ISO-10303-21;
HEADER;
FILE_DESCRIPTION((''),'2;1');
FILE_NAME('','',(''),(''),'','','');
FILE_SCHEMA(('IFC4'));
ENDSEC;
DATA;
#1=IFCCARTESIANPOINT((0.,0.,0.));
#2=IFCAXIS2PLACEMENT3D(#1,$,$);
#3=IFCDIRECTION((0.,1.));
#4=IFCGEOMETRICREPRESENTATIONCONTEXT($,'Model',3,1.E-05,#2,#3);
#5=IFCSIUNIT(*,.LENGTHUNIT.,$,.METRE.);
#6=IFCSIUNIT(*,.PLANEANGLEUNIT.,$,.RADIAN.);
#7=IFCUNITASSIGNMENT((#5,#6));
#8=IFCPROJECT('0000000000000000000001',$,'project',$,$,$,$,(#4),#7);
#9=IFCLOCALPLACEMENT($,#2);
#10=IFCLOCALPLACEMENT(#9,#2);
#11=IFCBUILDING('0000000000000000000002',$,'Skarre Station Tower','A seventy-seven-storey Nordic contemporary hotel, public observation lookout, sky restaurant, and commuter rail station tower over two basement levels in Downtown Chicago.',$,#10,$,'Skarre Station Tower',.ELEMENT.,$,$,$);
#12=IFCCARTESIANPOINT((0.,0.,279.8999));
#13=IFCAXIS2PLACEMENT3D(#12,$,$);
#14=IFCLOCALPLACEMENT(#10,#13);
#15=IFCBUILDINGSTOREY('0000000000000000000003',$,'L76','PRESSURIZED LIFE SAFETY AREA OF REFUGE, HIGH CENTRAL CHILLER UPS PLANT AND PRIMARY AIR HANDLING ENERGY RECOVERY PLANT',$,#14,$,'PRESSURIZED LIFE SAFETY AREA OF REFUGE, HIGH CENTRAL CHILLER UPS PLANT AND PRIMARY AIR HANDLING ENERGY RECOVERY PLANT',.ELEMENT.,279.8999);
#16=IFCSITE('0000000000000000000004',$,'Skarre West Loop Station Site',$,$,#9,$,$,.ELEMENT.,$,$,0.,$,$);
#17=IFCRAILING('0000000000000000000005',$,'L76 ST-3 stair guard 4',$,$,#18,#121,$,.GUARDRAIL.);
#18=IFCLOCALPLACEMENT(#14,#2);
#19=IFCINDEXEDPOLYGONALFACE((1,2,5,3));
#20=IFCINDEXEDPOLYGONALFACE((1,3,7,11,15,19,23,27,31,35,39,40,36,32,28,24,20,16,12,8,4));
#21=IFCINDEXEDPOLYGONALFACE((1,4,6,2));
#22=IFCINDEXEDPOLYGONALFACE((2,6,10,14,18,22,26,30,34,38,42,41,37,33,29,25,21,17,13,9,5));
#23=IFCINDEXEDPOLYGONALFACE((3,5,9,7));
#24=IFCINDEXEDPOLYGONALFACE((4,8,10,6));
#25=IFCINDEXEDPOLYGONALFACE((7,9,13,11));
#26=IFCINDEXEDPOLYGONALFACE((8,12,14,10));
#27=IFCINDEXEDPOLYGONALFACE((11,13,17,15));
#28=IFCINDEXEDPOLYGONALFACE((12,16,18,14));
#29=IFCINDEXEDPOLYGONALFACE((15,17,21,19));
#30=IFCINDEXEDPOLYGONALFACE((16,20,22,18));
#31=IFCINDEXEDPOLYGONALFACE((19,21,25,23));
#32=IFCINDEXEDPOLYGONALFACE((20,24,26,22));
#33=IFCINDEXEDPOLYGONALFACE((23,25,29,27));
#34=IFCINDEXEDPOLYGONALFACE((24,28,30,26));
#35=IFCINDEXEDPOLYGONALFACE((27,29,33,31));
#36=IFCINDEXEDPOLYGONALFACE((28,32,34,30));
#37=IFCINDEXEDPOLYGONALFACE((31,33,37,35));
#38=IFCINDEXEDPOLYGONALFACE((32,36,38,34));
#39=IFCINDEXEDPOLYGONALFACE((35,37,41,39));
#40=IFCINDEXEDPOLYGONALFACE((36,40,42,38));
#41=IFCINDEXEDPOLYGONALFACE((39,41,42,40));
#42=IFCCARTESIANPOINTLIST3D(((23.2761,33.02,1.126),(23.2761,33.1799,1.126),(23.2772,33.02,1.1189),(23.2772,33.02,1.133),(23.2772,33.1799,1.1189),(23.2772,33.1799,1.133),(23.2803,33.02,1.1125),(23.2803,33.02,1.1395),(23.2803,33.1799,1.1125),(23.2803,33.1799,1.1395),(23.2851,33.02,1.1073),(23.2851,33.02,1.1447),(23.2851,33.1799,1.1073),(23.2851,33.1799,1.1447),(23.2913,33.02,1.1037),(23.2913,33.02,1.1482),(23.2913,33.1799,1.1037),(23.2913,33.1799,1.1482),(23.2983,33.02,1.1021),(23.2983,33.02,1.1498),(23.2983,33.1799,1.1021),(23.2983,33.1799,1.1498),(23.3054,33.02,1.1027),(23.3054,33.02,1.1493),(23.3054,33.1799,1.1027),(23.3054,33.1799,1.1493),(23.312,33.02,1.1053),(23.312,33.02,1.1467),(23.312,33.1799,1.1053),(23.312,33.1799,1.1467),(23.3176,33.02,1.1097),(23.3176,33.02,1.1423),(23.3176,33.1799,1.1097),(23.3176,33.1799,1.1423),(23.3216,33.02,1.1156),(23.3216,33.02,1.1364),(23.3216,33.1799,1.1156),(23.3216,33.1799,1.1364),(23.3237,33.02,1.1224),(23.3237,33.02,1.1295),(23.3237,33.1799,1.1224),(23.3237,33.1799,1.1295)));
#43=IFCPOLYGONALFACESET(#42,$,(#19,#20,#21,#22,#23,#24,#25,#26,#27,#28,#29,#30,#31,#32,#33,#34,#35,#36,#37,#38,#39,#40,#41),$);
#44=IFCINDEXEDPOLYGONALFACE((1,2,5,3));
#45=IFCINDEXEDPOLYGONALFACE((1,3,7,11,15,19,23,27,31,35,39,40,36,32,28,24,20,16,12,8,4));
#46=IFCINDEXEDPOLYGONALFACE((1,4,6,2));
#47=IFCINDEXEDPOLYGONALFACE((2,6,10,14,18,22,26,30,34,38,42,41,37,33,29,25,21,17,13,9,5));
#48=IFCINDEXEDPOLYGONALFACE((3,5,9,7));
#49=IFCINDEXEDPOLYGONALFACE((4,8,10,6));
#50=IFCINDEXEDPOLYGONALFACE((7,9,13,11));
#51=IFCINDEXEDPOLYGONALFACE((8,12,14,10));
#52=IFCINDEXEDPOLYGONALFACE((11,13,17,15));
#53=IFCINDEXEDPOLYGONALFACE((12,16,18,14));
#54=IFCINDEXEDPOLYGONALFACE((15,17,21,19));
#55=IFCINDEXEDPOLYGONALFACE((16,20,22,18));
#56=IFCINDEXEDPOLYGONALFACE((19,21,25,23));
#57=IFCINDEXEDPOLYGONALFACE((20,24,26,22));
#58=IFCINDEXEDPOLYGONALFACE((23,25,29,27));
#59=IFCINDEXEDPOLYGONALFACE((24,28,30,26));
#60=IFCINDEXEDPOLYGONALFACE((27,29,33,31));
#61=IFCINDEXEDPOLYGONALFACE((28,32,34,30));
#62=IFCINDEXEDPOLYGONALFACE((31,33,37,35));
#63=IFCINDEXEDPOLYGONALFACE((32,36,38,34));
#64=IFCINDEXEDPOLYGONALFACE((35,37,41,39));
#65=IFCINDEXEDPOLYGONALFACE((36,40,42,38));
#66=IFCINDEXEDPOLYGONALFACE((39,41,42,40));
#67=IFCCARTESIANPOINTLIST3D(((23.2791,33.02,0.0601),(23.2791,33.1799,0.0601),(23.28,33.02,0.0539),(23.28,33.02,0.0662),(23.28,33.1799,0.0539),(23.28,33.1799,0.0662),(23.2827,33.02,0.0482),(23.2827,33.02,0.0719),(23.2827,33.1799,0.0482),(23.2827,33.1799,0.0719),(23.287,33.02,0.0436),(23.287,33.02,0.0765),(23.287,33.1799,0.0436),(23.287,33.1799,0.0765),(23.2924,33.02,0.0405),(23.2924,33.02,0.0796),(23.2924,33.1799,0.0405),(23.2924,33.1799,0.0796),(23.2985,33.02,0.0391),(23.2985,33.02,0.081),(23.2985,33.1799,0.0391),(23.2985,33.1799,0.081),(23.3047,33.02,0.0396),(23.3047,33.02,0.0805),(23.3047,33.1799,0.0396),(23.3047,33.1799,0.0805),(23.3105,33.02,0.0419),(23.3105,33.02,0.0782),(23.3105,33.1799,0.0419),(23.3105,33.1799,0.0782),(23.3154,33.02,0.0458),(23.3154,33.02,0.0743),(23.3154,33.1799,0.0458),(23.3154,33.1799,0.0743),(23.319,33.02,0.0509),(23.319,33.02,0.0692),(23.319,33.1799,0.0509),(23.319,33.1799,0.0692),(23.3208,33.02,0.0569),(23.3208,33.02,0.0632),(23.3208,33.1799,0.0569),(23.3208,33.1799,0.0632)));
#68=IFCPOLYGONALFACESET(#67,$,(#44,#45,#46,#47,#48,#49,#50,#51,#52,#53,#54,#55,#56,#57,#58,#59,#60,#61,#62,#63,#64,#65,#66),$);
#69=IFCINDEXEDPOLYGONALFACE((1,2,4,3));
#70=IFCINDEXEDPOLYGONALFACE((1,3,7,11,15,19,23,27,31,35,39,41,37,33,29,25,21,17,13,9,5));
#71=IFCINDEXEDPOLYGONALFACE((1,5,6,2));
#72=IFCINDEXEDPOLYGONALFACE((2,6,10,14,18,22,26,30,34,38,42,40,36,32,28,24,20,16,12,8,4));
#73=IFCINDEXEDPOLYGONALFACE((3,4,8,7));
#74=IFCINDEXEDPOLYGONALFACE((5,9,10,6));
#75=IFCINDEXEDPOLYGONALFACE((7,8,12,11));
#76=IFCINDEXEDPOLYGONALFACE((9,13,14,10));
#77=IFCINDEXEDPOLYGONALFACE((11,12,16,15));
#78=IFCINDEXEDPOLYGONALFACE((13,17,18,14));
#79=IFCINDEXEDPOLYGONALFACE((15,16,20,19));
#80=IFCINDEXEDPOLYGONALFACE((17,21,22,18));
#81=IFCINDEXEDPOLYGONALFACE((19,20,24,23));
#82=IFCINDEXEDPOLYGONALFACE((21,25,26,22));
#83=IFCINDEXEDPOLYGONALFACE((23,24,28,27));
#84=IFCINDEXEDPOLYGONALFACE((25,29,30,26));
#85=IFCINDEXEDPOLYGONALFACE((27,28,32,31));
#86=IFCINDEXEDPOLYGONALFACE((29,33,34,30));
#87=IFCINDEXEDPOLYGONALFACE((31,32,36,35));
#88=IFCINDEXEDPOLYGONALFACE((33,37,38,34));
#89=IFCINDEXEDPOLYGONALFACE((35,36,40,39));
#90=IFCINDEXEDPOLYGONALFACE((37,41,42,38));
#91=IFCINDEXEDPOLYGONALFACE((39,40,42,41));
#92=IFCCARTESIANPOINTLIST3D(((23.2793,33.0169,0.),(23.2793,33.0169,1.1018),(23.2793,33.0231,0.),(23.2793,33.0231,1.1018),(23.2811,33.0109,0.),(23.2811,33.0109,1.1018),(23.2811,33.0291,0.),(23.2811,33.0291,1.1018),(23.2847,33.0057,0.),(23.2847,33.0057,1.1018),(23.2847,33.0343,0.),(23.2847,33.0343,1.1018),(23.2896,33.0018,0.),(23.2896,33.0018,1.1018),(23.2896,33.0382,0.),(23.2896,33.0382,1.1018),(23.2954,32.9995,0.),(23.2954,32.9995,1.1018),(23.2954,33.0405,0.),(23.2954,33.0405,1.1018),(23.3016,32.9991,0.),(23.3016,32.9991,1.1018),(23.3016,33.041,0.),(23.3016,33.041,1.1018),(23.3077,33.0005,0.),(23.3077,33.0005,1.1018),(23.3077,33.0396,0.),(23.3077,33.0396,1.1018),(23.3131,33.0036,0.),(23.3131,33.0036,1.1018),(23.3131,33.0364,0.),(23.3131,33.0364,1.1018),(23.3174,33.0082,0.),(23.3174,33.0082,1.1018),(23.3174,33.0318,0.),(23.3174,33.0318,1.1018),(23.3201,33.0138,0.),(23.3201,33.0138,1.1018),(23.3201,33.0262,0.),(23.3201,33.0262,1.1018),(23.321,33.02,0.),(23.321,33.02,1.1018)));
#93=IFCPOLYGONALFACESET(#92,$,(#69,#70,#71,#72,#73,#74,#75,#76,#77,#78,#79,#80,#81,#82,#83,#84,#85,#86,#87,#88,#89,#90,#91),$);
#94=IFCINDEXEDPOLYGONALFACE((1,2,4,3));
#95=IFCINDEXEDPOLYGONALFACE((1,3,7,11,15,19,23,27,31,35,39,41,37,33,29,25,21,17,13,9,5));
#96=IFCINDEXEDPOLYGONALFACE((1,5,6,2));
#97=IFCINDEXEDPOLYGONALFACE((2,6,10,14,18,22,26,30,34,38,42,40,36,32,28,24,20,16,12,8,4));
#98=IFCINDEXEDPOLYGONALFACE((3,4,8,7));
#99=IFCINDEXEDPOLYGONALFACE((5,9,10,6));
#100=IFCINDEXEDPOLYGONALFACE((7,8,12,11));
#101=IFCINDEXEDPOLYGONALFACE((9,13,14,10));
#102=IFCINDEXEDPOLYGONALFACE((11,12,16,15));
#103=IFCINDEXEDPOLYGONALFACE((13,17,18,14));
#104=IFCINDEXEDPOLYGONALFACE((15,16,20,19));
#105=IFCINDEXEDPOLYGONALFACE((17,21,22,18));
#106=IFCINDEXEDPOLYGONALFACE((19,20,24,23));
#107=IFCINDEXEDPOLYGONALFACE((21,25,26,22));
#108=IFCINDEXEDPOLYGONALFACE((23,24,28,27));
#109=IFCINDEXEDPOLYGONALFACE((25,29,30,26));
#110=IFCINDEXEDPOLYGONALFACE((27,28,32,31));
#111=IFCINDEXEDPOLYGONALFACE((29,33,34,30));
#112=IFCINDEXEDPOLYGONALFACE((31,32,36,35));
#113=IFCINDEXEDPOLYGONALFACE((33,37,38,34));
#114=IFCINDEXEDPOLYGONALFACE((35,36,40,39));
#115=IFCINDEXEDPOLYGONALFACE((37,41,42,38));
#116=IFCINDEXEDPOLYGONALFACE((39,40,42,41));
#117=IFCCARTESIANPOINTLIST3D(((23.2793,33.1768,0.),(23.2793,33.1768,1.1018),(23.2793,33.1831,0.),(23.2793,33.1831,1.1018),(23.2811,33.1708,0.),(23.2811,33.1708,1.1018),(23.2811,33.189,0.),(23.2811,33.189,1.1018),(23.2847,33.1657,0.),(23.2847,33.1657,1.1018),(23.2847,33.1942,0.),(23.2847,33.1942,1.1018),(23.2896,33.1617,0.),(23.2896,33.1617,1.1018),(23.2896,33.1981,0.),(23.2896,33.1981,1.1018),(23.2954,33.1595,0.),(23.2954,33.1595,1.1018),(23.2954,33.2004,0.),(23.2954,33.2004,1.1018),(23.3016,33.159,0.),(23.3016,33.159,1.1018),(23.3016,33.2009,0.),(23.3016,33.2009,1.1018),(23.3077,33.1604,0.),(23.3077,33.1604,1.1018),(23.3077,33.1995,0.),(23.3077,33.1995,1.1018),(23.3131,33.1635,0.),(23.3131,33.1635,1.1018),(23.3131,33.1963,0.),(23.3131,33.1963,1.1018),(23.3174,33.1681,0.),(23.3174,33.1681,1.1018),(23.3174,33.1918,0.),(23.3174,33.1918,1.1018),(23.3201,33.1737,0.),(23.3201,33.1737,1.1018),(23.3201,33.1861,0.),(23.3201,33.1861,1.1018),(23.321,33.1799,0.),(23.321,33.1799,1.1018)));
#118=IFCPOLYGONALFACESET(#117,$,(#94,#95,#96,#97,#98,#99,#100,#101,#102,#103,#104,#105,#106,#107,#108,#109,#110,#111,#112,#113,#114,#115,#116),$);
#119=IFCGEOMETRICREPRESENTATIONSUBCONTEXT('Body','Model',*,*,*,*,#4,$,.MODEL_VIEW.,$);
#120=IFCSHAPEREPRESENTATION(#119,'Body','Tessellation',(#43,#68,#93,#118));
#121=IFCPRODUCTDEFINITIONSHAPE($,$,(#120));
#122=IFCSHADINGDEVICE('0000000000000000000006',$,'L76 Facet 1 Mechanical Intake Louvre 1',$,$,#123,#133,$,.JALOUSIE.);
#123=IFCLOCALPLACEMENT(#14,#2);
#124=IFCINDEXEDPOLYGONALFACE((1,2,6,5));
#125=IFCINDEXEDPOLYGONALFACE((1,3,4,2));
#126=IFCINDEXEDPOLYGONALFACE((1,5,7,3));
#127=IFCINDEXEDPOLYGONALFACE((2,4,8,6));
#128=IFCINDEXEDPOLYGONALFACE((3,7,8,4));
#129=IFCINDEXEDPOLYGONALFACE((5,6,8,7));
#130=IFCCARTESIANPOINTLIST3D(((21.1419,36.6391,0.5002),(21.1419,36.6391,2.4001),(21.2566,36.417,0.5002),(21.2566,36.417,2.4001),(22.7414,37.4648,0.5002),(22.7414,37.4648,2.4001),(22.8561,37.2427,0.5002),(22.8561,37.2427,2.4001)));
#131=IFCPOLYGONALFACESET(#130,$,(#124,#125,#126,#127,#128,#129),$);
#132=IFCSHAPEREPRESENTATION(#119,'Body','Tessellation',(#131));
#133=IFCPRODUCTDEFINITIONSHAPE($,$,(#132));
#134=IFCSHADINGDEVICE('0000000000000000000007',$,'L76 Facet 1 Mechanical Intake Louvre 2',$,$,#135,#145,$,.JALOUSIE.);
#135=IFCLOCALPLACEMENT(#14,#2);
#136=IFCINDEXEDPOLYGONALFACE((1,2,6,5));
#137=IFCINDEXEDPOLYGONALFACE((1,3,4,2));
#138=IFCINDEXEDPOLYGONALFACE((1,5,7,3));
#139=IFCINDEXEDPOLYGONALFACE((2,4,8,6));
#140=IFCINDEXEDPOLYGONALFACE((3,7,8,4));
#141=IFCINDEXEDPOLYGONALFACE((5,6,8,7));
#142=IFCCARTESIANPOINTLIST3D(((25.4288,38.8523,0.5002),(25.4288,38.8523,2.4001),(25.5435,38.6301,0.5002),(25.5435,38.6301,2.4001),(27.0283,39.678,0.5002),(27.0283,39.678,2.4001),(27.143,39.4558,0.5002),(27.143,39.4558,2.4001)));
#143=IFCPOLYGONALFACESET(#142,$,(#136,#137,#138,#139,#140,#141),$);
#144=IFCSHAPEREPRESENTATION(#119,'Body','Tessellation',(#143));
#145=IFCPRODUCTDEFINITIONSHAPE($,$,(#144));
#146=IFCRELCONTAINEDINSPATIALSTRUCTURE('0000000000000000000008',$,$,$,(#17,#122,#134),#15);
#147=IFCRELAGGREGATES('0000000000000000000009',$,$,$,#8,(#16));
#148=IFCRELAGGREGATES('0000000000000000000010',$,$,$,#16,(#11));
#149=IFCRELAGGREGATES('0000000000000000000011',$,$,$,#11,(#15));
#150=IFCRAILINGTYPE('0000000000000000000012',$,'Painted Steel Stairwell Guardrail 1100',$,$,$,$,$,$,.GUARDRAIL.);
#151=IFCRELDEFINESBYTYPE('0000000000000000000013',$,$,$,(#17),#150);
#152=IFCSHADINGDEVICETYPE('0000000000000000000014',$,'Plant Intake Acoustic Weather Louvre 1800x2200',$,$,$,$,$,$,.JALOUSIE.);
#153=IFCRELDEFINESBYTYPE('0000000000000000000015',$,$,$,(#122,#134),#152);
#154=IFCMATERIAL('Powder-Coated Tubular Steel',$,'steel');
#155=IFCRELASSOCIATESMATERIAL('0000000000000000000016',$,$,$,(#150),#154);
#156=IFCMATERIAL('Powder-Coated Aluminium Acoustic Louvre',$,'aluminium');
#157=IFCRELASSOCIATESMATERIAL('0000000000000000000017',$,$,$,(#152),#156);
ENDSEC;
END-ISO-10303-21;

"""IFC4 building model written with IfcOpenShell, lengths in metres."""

from ifc_helpers import new_model, si_unit, direction, frame, origin, origin_2d, place, context, subcontext, project, spatial, rectangle, circle, extrude, material, type_object, element, save


model = new_model("IFC4")

# Units and contexts
model_context = context("Model", 3, precision=1e-05, world=origin(), true_north=direction((0.0, 1.0)))
body_context = subcontext(model_context, "Body", "Model", "MODEL_VIEW")
ifc_project = project(units=[si_unit("LENGTHUNIT", "METRE"), si_unit("PLANEANGLEUNIT", "RADIAN")], contexts=[model_context])

# Site, building, storey
site_placement = place(None, origin())
site = spatial("IfcSite", under=ifc_project, at=site_placement, Name="Skarre West Loop Station Site", CompositionType="ELEMENT", RefElevation=0.0)
building_placement = place(site_placement, origin())
building = spatial("IfcBuilding", under=site, at=building_placement, Name="Skarre Station Tower", Description="A seventy-seven-storey Nordic contemporary hotel, public observation lookout, sky restaurant, and commuter rail station tower over two basement levels in Downtown Chicago.", LongName="Skarre Station Tower", CompositionType="ELEMENT")
storey_placement = place(building_placement, frame((0.0, 0.0, 279.8999)))
storey = spatial("IfcBuildingStorey", under=building, at=storey_placement, Name="L76", Description="PRESSURIZED LIFE SAFETY AREA OF REFUGE, HIGH CENTRAL CHILLER UPS PLANT AND PRIMARY AIR HANDLING ENERGY RECOVERY PLANT", LongName="PRESSURIZED LIFE SAFETY AREA OF REFUGE, HIGH CENTRAL CHILLER UPS PLANT AND PRIMARY AIR HANDLING ENERGY RECOVERY PLANT", CompositionType="ELEMENT", Elevation=279.8999)

# Railing
ifc_material_1 = material(Name="Powder-Coated Tubular Steel", Category="steel")
railing_type_1 = type_object("IfcRailingType", Name="Painted Steel Stairwell Guardrail 1100", PredefinedType="GUARDRAIL", material=ifc_material_1)
railing_1_placement = place(storey_placement, frame((23.3, 33.02, 0.0)))
element("IfcRailing", 1, at=railing_1_placement, inside=storey, type_object=railing_type_1, Name="L76 ST-3 stair guard 4", PredefinedType="GUARDRAIL", context=body_context, shape_type="SweptSolid", body=[
    extrude(circle(Radius=0.0239, at=origin_2d()), frame((0.0, 0.0, 1.126), z_axis=(0.0, 1.0, 0.0), x_axis=(-1.0, 0.0, 0.0)), (0.0, 0.0, 1.0), 0.1599),
    extrude(circle(Radius=0.021, at=origin_2d()), frame((0.0, 0.0, 0.0601), z_axis=(0.0, 1.0, 0.0), x_axis=(-1.0, 0.0, 0.0)), (0.0, 0.0, 1.0), 0.1599),
    extrude(circle(Radius=0.021, at=origin_2d()), origin(), (0.0, 0.0, 1.0), 1.1018),
    extrude(circle(Radius=0.021, at=origin_2d()), frame((0.0, 0.1599, 0.0)), (0.0, 0.0, 1.0), 1.1018),
])

# Shading devices
ifc_material_2 = material(Name="Powder-Coated Aluminium Acoustic Louvre", Category="aluminium")
shading_device_type = type_object("IfcShadingDeviceType", Name="Plant Intake Acoustic Weather Louvre 1800x2200", PredefinedType="JALOUSIE", material=ifc_material_2)
for number, where, z_axis, x_axis, name in (
    (2, (21.999, 36.9409, 0.5002), (0.0, 0.0, 1.0), (-0.458712, 0.888585, 0.0), "L76 Facet 1 Mechanical Intake Louvre 1"),
    (3, (26.2859, 39.1541, 0.5002), (0.0, 0.0, 1.0), (-0.458712, 0.888585, 0.0), "L76 Facet 1 Mechanical Intake Louvre 2"),
):
    element("IfcShadingDevice", number, at=place(storey_placement, frame(where, z_axis=z_axis, x_axis=x_axis)), inside=storey, type_object=shading_device_type, Name=name, PredefinedType="JALOUSIE", context=body_context, shape_type="SweptSolid", body=[
        extrude(rectangle(XDim=0.25, YDim=1.8, at=origin_2d()), origin(), (0.0, 0.0, 1.0), 1.8999),
    ])

save(model, "model.ifc")
